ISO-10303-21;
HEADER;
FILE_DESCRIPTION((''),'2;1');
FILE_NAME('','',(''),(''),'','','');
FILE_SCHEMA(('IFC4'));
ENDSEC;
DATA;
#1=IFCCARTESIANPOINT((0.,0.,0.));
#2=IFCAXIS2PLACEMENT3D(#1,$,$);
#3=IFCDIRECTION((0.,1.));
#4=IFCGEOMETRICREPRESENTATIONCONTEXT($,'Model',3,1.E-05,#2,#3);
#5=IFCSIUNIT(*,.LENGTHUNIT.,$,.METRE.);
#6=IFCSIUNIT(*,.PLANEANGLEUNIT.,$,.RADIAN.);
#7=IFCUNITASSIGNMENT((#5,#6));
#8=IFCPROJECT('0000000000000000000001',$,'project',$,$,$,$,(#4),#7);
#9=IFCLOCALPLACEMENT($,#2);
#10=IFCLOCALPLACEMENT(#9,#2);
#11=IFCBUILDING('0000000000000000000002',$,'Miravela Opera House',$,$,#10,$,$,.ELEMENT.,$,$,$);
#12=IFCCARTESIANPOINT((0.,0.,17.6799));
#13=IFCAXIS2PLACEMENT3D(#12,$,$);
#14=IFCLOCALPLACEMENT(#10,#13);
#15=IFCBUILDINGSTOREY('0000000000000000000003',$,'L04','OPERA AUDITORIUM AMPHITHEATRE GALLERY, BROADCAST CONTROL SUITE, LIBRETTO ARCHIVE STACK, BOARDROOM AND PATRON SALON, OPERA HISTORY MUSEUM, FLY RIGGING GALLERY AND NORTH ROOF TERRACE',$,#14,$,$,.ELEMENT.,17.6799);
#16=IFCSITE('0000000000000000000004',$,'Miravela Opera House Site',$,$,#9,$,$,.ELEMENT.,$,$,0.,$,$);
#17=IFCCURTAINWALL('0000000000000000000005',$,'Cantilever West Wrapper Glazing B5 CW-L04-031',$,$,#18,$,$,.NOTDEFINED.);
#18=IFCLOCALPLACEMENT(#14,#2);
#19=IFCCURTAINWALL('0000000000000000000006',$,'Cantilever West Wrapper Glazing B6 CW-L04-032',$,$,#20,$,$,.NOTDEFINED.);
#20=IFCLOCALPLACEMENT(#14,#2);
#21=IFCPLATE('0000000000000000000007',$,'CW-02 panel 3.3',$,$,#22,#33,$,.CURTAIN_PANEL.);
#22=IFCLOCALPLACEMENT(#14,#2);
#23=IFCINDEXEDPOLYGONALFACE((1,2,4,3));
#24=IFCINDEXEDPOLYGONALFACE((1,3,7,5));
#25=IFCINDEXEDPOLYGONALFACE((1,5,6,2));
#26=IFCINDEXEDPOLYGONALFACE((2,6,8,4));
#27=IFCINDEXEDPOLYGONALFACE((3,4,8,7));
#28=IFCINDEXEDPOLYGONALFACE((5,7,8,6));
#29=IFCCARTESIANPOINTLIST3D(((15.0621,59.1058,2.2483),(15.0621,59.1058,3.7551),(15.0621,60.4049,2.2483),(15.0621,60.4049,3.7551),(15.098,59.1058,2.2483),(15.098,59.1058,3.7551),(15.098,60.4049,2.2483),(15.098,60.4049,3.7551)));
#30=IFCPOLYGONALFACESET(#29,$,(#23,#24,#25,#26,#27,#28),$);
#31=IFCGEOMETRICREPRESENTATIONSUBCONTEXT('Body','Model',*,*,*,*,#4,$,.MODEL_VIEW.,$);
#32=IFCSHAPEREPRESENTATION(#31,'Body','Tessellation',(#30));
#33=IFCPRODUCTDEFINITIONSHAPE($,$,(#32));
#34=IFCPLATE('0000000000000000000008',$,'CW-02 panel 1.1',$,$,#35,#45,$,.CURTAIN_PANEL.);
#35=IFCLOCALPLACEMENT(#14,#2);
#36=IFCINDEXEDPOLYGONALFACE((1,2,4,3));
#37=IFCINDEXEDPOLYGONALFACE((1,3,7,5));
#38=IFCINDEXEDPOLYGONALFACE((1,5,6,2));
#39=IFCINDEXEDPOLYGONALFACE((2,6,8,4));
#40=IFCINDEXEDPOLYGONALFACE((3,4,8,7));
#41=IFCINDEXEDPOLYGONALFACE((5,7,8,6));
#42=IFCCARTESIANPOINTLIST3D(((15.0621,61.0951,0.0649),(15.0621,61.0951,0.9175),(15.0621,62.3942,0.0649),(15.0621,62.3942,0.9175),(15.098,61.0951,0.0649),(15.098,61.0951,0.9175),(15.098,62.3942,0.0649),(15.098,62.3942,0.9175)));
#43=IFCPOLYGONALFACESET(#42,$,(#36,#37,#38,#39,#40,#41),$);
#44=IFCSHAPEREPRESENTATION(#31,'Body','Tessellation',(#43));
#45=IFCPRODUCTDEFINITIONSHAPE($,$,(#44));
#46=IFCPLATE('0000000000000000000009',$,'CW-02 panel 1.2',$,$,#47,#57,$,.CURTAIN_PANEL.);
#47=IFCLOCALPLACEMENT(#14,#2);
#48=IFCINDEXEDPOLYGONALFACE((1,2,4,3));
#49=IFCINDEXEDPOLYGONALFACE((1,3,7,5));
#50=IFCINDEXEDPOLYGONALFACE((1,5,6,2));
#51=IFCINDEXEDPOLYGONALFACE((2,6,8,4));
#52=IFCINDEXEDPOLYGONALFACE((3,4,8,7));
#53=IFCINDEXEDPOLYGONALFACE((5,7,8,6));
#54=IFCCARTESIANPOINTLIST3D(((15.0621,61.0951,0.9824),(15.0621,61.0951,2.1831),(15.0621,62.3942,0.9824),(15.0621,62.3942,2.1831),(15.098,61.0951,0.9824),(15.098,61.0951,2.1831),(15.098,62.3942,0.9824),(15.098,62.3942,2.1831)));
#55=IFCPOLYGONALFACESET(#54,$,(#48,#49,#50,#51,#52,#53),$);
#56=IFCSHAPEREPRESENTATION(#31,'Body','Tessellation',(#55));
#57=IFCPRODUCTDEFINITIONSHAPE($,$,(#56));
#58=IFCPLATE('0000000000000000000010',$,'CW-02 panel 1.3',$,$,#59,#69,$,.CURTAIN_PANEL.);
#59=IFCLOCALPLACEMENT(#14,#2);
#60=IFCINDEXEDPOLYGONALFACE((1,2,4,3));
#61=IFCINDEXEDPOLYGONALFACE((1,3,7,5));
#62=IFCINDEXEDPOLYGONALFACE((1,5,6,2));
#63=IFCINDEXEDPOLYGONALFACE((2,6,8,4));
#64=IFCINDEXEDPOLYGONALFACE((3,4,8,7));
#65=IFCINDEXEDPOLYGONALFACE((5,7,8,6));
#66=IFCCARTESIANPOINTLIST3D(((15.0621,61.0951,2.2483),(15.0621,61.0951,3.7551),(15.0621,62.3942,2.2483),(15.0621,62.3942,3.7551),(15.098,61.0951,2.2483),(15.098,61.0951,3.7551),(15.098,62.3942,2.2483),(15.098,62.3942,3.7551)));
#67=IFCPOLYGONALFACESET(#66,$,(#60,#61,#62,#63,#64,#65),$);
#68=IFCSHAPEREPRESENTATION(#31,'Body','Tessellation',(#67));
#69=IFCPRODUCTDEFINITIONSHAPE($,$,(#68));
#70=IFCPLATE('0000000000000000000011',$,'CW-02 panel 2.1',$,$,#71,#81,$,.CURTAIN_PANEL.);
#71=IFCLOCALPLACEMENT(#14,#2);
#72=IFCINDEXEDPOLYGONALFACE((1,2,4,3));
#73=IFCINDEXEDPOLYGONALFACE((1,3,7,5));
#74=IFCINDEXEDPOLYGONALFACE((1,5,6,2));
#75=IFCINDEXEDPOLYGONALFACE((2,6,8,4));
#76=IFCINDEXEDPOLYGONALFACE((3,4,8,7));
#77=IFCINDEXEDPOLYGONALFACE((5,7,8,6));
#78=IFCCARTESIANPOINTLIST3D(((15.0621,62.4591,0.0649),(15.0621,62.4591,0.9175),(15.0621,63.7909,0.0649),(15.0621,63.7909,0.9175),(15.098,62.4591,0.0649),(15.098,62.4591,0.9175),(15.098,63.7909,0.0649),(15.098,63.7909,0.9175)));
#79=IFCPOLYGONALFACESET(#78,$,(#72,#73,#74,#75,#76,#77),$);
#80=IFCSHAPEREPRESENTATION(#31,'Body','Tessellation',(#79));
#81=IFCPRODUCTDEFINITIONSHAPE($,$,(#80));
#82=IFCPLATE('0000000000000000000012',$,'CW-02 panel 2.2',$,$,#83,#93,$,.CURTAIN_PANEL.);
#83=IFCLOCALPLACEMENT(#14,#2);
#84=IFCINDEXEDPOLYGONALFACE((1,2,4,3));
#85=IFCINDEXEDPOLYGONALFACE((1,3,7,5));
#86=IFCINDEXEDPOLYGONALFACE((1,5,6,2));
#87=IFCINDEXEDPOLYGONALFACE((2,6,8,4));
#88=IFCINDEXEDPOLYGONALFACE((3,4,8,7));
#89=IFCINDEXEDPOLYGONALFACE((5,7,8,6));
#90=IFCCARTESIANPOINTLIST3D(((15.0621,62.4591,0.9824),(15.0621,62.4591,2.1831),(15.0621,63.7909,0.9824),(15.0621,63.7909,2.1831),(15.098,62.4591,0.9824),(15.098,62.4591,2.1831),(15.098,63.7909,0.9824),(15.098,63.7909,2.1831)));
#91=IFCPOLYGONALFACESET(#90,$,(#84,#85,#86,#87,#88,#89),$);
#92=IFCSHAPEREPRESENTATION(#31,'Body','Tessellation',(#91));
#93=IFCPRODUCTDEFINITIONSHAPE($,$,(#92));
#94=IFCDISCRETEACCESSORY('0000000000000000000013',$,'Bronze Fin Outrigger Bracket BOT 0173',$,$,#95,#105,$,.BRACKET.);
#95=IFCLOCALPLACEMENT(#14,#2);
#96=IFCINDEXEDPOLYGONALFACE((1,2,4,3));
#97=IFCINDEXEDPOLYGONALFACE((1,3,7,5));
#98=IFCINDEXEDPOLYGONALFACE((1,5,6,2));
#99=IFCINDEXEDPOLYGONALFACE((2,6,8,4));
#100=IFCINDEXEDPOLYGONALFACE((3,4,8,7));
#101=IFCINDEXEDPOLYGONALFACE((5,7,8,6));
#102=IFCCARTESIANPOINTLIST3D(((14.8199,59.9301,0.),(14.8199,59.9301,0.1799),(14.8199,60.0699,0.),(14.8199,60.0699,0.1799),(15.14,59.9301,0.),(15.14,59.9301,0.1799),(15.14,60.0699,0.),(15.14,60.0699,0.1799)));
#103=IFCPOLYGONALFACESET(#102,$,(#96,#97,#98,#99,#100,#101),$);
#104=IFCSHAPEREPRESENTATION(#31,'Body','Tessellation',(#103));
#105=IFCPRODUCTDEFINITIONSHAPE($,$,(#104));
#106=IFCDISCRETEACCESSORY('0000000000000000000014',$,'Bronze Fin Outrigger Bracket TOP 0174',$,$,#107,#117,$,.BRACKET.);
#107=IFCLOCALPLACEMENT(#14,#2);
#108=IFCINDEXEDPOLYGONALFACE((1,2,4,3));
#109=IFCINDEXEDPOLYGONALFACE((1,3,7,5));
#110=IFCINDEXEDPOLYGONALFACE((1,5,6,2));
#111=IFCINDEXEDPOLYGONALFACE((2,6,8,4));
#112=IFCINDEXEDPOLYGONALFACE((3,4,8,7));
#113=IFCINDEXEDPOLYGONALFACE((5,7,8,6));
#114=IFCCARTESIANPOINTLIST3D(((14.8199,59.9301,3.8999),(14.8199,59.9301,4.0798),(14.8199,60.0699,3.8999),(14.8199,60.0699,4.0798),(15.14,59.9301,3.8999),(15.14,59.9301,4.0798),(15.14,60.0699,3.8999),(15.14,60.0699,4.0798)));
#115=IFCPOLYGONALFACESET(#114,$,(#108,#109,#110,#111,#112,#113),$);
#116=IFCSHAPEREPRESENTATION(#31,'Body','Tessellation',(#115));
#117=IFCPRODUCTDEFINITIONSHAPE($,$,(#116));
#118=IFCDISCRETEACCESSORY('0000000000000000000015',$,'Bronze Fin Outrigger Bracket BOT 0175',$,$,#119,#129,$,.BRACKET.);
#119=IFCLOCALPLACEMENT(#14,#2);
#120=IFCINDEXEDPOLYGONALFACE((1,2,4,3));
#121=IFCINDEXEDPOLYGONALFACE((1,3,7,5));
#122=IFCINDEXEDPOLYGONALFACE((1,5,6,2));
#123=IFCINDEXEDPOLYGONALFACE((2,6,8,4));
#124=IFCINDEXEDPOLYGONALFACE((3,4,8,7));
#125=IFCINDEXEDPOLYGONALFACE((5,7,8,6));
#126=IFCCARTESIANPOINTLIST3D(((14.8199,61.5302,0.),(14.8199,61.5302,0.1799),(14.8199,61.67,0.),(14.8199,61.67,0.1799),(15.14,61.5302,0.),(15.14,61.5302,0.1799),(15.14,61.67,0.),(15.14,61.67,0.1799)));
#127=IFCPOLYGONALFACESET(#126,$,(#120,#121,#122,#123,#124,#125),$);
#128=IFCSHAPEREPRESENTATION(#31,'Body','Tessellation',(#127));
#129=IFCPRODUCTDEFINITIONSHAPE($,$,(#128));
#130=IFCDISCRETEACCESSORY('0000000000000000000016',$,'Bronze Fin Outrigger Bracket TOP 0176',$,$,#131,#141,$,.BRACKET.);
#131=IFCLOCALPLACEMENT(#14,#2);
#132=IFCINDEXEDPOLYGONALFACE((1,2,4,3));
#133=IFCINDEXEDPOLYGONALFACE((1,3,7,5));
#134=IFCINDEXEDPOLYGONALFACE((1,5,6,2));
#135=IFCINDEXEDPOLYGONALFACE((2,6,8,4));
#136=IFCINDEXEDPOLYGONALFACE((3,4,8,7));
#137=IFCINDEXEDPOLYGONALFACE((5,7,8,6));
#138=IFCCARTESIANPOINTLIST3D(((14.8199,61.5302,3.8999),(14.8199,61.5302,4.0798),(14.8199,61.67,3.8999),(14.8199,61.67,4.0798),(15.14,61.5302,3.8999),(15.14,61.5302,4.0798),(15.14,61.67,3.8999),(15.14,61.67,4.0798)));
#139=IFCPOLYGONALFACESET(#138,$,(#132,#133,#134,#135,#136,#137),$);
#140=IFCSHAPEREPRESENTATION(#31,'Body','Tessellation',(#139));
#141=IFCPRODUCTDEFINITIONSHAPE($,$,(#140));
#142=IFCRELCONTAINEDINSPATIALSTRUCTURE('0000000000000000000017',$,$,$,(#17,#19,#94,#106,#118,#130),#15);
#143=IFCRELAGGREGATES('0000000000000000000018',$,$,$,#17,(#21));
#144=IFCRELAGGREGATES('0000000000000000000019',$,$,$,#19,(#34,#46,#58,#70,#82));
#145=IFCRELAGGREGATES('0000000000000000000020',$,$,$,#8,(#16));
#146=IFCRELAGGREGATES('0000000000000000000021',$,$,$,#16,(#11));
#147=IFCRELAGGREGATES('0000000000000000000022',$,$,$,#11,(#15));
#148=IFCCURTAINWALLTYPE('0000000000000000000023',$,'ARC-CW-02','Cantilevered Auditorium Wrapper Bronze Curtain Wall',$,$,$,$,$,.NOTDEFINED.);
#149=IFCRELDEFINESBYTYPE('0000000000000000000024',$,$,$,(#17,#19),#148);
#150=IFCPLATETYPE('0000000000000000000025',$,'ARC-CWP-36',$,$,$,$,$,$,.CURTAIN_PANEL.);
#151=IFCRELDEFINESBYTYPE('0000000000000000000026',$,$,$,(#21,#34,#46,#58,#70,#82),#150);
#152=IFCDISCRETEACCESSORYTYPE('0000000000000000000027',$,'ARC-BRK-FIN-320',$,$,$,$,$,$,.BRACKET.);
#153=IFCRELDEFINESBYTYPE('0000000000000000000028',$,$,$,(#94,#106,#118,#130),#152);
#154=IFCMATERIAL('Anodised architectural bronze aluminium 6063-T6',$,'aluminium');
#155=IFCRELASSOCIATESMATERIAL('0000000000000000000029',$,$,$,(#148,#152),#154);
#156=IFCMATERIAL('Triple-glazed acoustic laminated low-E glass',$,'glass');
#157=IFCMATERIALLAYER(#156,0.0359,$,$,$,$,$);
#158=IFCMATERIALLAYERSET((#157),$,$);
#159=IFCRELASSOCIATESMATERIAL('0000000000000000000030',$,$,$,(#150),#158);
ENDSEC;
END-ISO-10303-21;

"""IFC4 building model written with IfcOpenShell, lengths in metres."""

from ifc_helpers import new_model, si_unit, direction, frame, origin, origin_2d, place, context, subcontext, project, spatial, rectangle, extrude, material, layer, layer_set, type_object, element, aggregate, save


model = new_model("IFC4")

# Units and contexts
model_context = context("Model", 3, precision=1e-05, world=origin(), true_north=direction((0.0, 1.0)))
body_context = subcontext(model_context, "Body", "Model", "MODEL_VIEW")
ifc_project = project(units=[si_unit("LENGTHUNIT", "METRE"), si_unit("PLANEANGLEUNIT", "RADIAN")], contexts=[model_context])

# Site, building, storey
site_placement = place(None, origin())
site = spatial("IfcSite", under=ifc_project, at=site_placement, Name="Miravela Opera House Site", CompositionType="ELEMENT", RefElevation=0.0)
building_placement = place(site_placement, origin())
building = spatial("IfcBuilding", under=site, at=building_placement, Name="Miravela Opera House", CompositionType="ELEMENT")
storey_placement = place(building_placement, frame((0.0, 0.0, 17.6799)))
storey = spatial("IfcBuildingStorey", under=building, at=storey_placement, Name="L04", Description="OPERA AUDITORIUM AMPHITHEATRE GALLERY, BROADCAST CONTROL SUITE, LIBRETTO ARCHIVE STACK, BOARDROOM AND PATRON SALON, OPERA HISTORY MUSEUM, FLY RIGGING GALLERY AND NORTH ROOF TERRACE", CompositionType="ELEMENT", Elevation=17.6799)

# Curtain wall
ifc_material_1 = material(Name="Anodised architectural bronze aluminium 6063-T6", Category="aluminium")
curtain_wall_type = type_object("IfcCurtainWallType", Name="ARC-CW-02", Description="Cantilevered Auditorium Wrapper Bronze Curtain Wall", PredefinedType="NOTDEFINED", material=ifc_material_1)
curtain_wall_1_placement = place(storey_placement, origin())
curtain_wall_1 = element("IfcCurtainWall", 1, at=curtain_wall_1_placement, inside=storey, type_object=curtain_wall_type, Name="Cantilever West Wrapper Glazing B5 CW-L04-031", PredefinedType="NOTDEFINED")

# Curtain wall
curtain_wall_2_placement = place(storey_placement, origin())
curtain_wall_2 = element("IfcCurtainWall", 2, at=curtain_wall_2_placement, inside=storey, type_object=curtain_wall_type, Name="Cantilever West Wrapper Glazing B6 CW-L04-032", PredefinedType="NOTDEFINED")

# Plates
ifc_material_2 = material(Name="Triple-glazed acoustic laminated low-E glass", Category="glass")
ifc_layer = layer(ifc_material_2, 0.0359)
ifc_layer_set = layer_set([ifc_layer])
plate_type = type_object("IfcPlateType", Name="ARC-CWP-36", PredefinedType="CURTAIN_PANEL", material=ifc_layer_set)
plate_1_placement = place(storey_placement, frame((15.0801, 59.7554, 2.2483), z_axis=(0.0, 0.0, 1.0), x_axis=(0.0, 1.0, 0.0)))
plate_1 = element("IfcPlate", 3, at=plate_1_placement, type_object=plate_type, Name="CW-02 panel 3.3", PredefinedType="CURTAIN_PANEL", context=body_context, shape_type="SweptSolid", body=[
    extrude(rectangle(XDim=1.2991, YDim=0.0359, at=origin_2d()), origin(), (0.0, 0.0, 1.0), 1.5068),
])
aggregate(curtain_wall_1, [plate_1])
plate_2_placement = place(storey_placement, frame((15.0801, 61.7446, 0.0649), z_axis=(0.0, 0.0, 1.0), x_axis=(0.0, 1.0, 0.0)))
plate_2 = element("IfcPlate", 4, at=plate_2_placement, type_object=plate_type, Name="CW-02 panel 1.1", PredefinedType="CURTAIN_PANEL", context=body_context, shape_type="SweptSolid", body=[
    extrude(rectangle(XDim=1.2991, YDim=0.0359, at=origin_2d()), origin(), (0.0, 0.0, 1.0), 0.8525),
])
plate_3_placement = place(storey_placement, frame((15.0801, 61.7446, 0.9824), z_axis=(0.0, 0.0, 1.0), x_axis=(0.0, 1.0, 0.0)))
plate_3 = element("IfcPlate", 5, at=plate_3_placement, type_object=plate_type, Name="CW-02 panel 1.2", PredefinedType="CURTAIN_PANEL", context=body_context, shape_type="SweptSolid", body=[
    extrude(rectangle(XDim=1.2991, YDim=0.0359, at=origin_2d()), origin(), (0.0, 0.0, 1.0), 1.2007),
])
plate_4_placement = place(storey_placement, frame((15.0801, 61.7446, 2.2483), z_axis=(0.0, 0.0, 1.0), x_axis=(0.0, 1.0, 0.0)))
plate_4 = element("IfcPlate", 6, at=plate_4_placement, type_object=plate_type, Name="CW-02 panel 1.3", PredefinedType="CURTAIN_PANEL", context=body_context, shape_type="SweptSolid", body=[
    extrude(rectangle(XDim=1.2991, YDim=0.0359, at=origin_2d()), origin(), (0.0, 0.0, 1.0), 1.5068),
])
plate_5_placement = place(storey_placement, frame((15.0801, 63.125, 0.0649), z_axis=(0.0, 0.0, 1.0), x_axis=(0.0, 1.0, 0.0)))
plate_5 = element("IfcPlate", 7, at=plate_5_placement, type_object=plate_type, Name="CW-02 panel 2.1", PredefinedType="CURTAIN_PANEL", context=body_context, shape_type="SweptSolid", body=[
    extrude(rectangle(XDim=1.3318, YDim=0.0359, at=origin_2d()), origin(), (0.0, 0.0, 1.0), 0.8525),
])
plate_6_placement = place(storey_placement, frame((15.0801, 63.125, 0.9824), z_axis=(0.0, 0.0, 1.0), x_axis=(0.0, 1.0, 0.0)))
plate_6 = element("IfcPlate", 8, at=plate_6_placement, type_object=plate_type, Name="CW-02 panel 2.2", PredefinedType="CURTAIN_PANEL", context=body_context, shape_type="SweptSolid", body=[
    extrude(rectangle(XDim=1.3318, YDim=0.0359, at=origin_2d()), origin(), (0.0, 0.0, 1.0), 1.2007),
])
aggregate(curtain_wall_2, [plate_2, plate_3, plate_4, plate_5, plate_6])

# Discrete accessories
discrete_accessory_type = type_object("IfcDiscreteAccessoryType", Name="ARC-BRK-FIN-320", PredefinedType="BRACKET", material=ifc_material_1)
for number, where, z_axis, x_axis, name in (
    (9, (14.98, 60.0, 0.0), (0.0, 0.0, 1.0), (1.0, 0.0, 0.0), "Bronze Fin Outrigger Bracket BOT 0173"),
    (10, (14.98, 60.0, 3.8999), (0.0, 0.0, 1.0), (1.0, 0.0, 0.0), "Bronze Fin Outrigger Bracket TOP 0174"),
    (11, (14.98, 61.6001, 0.0), (0.0, 0.0, 1.0), (1.0, 0.0, 0.0), "Bronze Fin Outrigger Bracket BOT 0175"),
    (12, (14.98, 61.6001, 3.8999), (0.0, 0.0, 1.0), (1.0, 0.0, 0.0), "Bronze Fin Outrigger Bracket TOP 0176"),
):
    element("IfcDiscreteAccessory", number, at=place(storey_placement, frame(where, z_axis=z_axis, x_axis=x_axis)), inside=storey, type_object=discrete_accessory_type, Name=name, PredefinedType="BRACKET", context=body_context, shape_type="SweptSolid", body=[
        extrude(rectangle(XDim=0.3201, YDim=0.1399, at=origin_2d()), origin(), (0.0, 0.0, 1.0), 0.1799),
    ])

save(model, "model.ifc")
